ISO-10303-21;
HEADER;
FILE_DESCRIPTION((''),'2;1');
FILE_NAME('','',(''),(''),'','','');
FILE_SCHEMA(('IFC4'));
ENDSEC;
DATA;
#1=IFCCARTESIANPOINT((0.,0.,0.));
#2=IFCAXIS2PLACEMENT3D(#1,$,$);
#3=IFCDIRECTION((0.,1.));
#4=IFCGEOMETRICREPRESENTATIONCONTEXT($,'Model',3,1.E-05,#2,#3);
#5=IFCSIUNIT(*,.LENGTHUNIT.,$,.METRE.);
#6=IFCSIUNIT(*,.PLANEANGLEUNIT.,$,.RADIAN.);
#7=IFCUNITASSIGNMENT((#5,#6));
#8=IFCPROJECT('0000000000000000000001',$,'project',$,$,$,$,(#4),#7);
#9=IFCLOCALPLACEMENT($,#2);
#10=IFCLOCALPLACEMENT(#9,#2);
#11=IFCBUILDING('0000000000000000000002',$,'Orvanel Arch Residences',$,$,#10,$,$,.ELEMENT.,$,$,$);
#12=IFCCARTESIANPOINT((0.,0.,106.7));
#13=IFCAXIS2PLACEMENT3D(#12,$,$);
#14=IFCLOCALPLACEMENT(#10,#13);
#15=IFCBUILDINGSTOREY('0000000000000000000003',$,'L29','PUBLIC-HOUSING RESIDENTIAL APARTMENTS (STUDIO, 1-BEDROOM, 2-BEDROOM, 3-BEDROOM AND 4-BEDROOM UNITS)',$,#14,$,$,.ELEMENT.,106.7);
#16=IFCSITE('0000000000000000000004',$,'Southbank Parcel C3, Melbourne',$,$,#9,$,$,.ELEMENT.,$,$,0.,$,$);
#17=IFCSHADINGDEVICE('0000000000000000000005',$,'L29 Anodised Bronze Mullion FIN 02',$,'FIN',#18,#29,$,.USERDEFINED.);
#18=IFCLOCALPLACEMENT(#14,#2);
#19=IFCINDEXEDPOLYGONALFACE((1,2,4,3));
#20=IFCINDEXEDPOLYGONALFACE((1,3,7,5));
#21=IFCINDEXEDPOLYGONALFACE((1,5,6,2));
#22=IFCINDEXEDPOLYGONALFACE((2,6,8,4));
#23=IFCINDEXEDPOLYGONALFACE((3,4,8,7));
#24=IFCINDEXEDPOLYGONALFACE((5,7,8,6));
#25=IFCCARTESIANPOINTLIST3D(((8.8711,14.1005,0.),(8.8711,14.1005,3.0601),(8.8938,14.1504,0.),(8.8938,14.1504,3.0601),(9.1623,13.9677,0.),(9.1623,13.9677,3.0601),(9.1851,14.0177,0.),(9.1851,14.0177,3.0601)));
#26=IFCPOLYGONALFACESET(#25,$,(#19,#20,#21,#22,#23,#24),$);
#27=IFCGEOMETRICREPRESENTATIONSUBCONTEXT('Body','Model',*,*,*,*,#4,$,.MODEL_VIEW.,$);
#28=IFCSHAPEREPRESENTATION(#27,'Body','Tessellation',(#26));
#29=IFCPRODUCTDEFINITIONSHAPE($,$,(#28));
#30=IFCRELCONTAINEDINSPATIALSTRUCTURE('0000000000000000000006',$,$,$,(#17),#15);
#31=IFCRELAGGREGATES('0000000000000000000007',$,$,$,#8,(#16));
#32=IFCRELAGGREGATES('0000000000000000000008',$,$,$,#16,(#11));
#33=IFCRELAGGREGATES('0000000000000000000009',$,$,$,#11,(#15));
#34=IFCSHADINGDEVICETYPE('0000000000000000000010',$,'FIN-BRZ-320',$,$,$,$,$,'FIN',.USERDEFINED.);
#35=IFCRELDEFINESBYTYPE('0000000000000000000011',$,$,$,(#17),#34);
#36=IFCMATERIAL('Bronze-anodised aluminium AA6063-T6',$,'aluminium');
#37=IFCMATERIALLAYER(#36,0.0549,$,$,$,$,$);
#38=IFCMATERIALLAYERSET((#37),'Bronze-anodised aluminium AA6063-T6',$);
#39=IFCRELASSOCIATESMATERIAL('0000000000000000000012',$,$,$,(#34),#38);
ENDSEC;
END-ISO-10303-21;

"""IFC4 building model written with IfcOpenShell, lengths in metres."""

from ifc_helpers import new_model, si_unit, direction, frame, origin, origin_2d, place, context, subcontext, project, spatial, rectangle, extrude, material, layer, layer_set, type_object, element, save


model = new_model("IFC4")

# Units and contexts
model_context = context("Model", 3, precision=1e-05, world=origin(), true_north=direction((0.0, 1.0)))
body_context = subcontext(model_context, "Body", "Model", "MODEL_VIEW")
ifc_project = project(units=[si_unit("LENGTHUNIT", "METRE"), si_unit("PLANEANGLEUNIT", "RADIAN")], contexts=[model_context])

# Site, building, storey
site_placement = place(None, origin())
site = spatial("IfcSite", under=ifc_project, at=site_placement, Name="Southbank Parcel C3, Melbourne", CompositionType="ELEMENT", RefElevation=0.0)
building_placement = place(site_placement, origin())
building = spatial("IfcBuilding", under=site, at=building_placement, Name="Orvanel Arch Residences", CompositionType="ELEMENT")
storey_placement = place(building_placement, frame((0.0, 0.0, 106.7)))
storey = spatial("IfcBuildingStorey", under=building, at=storey_placement, Name="L29", Description="PUBLIC-HOUSING RESIDENTIAL APARTMENTS (STUDIO, 1-BEDROOM, 2-BEDROOM, 3-BEDROOM AND 4-BEDROOM UNITS)", CompositionType="ELEMENT", Elevation=106.7)

# Shared definitions
ifc_material_1 = material(Name="Bronze-anodised aluminium AA6063-T6", Category="aluminium")

# Shading device
ifc_layer_1 = layer(ifc_material_1, 0.0549)
ifc_layer_set_1 = layer_set([ifc_layer_1], Name="Bronze-anodised aluminium AA6063-T6")
shading_device_type = type_object("IfcShadingDeviceType", Name="FIN-BRZ-320", ElementType="FIN", PredefinedType="USERDEFINED", material=ifc_layer_set_1)
for number, where, z_axis, x_axis, name in (
    (1, (9.0281, 14.0591, 0.0), (0.0, 0.0, 1.0), (-0.909961, 0.414693, 0.0), "L29 Anodised Bronze Mullion FIN 02"),
):
    element("IfcShadingDevice", number, at=place(storey_placement, frame(where, z_axis=z_axis, x_axis=x_axis)), inside=storey, type_object=shading_device_type, Name=name, ObjectType="FIN", PredefinedType="USERDEFINED", context=body_context, shape_type="SweptSolid", body=[
        extrude(rectangle(XDim=0.3201, YDim=0.0549, at=origin_2d()), origin(), (0.0, 0.0, 1.0), 3.0601),
    ])

save(model, "model.ifc")
